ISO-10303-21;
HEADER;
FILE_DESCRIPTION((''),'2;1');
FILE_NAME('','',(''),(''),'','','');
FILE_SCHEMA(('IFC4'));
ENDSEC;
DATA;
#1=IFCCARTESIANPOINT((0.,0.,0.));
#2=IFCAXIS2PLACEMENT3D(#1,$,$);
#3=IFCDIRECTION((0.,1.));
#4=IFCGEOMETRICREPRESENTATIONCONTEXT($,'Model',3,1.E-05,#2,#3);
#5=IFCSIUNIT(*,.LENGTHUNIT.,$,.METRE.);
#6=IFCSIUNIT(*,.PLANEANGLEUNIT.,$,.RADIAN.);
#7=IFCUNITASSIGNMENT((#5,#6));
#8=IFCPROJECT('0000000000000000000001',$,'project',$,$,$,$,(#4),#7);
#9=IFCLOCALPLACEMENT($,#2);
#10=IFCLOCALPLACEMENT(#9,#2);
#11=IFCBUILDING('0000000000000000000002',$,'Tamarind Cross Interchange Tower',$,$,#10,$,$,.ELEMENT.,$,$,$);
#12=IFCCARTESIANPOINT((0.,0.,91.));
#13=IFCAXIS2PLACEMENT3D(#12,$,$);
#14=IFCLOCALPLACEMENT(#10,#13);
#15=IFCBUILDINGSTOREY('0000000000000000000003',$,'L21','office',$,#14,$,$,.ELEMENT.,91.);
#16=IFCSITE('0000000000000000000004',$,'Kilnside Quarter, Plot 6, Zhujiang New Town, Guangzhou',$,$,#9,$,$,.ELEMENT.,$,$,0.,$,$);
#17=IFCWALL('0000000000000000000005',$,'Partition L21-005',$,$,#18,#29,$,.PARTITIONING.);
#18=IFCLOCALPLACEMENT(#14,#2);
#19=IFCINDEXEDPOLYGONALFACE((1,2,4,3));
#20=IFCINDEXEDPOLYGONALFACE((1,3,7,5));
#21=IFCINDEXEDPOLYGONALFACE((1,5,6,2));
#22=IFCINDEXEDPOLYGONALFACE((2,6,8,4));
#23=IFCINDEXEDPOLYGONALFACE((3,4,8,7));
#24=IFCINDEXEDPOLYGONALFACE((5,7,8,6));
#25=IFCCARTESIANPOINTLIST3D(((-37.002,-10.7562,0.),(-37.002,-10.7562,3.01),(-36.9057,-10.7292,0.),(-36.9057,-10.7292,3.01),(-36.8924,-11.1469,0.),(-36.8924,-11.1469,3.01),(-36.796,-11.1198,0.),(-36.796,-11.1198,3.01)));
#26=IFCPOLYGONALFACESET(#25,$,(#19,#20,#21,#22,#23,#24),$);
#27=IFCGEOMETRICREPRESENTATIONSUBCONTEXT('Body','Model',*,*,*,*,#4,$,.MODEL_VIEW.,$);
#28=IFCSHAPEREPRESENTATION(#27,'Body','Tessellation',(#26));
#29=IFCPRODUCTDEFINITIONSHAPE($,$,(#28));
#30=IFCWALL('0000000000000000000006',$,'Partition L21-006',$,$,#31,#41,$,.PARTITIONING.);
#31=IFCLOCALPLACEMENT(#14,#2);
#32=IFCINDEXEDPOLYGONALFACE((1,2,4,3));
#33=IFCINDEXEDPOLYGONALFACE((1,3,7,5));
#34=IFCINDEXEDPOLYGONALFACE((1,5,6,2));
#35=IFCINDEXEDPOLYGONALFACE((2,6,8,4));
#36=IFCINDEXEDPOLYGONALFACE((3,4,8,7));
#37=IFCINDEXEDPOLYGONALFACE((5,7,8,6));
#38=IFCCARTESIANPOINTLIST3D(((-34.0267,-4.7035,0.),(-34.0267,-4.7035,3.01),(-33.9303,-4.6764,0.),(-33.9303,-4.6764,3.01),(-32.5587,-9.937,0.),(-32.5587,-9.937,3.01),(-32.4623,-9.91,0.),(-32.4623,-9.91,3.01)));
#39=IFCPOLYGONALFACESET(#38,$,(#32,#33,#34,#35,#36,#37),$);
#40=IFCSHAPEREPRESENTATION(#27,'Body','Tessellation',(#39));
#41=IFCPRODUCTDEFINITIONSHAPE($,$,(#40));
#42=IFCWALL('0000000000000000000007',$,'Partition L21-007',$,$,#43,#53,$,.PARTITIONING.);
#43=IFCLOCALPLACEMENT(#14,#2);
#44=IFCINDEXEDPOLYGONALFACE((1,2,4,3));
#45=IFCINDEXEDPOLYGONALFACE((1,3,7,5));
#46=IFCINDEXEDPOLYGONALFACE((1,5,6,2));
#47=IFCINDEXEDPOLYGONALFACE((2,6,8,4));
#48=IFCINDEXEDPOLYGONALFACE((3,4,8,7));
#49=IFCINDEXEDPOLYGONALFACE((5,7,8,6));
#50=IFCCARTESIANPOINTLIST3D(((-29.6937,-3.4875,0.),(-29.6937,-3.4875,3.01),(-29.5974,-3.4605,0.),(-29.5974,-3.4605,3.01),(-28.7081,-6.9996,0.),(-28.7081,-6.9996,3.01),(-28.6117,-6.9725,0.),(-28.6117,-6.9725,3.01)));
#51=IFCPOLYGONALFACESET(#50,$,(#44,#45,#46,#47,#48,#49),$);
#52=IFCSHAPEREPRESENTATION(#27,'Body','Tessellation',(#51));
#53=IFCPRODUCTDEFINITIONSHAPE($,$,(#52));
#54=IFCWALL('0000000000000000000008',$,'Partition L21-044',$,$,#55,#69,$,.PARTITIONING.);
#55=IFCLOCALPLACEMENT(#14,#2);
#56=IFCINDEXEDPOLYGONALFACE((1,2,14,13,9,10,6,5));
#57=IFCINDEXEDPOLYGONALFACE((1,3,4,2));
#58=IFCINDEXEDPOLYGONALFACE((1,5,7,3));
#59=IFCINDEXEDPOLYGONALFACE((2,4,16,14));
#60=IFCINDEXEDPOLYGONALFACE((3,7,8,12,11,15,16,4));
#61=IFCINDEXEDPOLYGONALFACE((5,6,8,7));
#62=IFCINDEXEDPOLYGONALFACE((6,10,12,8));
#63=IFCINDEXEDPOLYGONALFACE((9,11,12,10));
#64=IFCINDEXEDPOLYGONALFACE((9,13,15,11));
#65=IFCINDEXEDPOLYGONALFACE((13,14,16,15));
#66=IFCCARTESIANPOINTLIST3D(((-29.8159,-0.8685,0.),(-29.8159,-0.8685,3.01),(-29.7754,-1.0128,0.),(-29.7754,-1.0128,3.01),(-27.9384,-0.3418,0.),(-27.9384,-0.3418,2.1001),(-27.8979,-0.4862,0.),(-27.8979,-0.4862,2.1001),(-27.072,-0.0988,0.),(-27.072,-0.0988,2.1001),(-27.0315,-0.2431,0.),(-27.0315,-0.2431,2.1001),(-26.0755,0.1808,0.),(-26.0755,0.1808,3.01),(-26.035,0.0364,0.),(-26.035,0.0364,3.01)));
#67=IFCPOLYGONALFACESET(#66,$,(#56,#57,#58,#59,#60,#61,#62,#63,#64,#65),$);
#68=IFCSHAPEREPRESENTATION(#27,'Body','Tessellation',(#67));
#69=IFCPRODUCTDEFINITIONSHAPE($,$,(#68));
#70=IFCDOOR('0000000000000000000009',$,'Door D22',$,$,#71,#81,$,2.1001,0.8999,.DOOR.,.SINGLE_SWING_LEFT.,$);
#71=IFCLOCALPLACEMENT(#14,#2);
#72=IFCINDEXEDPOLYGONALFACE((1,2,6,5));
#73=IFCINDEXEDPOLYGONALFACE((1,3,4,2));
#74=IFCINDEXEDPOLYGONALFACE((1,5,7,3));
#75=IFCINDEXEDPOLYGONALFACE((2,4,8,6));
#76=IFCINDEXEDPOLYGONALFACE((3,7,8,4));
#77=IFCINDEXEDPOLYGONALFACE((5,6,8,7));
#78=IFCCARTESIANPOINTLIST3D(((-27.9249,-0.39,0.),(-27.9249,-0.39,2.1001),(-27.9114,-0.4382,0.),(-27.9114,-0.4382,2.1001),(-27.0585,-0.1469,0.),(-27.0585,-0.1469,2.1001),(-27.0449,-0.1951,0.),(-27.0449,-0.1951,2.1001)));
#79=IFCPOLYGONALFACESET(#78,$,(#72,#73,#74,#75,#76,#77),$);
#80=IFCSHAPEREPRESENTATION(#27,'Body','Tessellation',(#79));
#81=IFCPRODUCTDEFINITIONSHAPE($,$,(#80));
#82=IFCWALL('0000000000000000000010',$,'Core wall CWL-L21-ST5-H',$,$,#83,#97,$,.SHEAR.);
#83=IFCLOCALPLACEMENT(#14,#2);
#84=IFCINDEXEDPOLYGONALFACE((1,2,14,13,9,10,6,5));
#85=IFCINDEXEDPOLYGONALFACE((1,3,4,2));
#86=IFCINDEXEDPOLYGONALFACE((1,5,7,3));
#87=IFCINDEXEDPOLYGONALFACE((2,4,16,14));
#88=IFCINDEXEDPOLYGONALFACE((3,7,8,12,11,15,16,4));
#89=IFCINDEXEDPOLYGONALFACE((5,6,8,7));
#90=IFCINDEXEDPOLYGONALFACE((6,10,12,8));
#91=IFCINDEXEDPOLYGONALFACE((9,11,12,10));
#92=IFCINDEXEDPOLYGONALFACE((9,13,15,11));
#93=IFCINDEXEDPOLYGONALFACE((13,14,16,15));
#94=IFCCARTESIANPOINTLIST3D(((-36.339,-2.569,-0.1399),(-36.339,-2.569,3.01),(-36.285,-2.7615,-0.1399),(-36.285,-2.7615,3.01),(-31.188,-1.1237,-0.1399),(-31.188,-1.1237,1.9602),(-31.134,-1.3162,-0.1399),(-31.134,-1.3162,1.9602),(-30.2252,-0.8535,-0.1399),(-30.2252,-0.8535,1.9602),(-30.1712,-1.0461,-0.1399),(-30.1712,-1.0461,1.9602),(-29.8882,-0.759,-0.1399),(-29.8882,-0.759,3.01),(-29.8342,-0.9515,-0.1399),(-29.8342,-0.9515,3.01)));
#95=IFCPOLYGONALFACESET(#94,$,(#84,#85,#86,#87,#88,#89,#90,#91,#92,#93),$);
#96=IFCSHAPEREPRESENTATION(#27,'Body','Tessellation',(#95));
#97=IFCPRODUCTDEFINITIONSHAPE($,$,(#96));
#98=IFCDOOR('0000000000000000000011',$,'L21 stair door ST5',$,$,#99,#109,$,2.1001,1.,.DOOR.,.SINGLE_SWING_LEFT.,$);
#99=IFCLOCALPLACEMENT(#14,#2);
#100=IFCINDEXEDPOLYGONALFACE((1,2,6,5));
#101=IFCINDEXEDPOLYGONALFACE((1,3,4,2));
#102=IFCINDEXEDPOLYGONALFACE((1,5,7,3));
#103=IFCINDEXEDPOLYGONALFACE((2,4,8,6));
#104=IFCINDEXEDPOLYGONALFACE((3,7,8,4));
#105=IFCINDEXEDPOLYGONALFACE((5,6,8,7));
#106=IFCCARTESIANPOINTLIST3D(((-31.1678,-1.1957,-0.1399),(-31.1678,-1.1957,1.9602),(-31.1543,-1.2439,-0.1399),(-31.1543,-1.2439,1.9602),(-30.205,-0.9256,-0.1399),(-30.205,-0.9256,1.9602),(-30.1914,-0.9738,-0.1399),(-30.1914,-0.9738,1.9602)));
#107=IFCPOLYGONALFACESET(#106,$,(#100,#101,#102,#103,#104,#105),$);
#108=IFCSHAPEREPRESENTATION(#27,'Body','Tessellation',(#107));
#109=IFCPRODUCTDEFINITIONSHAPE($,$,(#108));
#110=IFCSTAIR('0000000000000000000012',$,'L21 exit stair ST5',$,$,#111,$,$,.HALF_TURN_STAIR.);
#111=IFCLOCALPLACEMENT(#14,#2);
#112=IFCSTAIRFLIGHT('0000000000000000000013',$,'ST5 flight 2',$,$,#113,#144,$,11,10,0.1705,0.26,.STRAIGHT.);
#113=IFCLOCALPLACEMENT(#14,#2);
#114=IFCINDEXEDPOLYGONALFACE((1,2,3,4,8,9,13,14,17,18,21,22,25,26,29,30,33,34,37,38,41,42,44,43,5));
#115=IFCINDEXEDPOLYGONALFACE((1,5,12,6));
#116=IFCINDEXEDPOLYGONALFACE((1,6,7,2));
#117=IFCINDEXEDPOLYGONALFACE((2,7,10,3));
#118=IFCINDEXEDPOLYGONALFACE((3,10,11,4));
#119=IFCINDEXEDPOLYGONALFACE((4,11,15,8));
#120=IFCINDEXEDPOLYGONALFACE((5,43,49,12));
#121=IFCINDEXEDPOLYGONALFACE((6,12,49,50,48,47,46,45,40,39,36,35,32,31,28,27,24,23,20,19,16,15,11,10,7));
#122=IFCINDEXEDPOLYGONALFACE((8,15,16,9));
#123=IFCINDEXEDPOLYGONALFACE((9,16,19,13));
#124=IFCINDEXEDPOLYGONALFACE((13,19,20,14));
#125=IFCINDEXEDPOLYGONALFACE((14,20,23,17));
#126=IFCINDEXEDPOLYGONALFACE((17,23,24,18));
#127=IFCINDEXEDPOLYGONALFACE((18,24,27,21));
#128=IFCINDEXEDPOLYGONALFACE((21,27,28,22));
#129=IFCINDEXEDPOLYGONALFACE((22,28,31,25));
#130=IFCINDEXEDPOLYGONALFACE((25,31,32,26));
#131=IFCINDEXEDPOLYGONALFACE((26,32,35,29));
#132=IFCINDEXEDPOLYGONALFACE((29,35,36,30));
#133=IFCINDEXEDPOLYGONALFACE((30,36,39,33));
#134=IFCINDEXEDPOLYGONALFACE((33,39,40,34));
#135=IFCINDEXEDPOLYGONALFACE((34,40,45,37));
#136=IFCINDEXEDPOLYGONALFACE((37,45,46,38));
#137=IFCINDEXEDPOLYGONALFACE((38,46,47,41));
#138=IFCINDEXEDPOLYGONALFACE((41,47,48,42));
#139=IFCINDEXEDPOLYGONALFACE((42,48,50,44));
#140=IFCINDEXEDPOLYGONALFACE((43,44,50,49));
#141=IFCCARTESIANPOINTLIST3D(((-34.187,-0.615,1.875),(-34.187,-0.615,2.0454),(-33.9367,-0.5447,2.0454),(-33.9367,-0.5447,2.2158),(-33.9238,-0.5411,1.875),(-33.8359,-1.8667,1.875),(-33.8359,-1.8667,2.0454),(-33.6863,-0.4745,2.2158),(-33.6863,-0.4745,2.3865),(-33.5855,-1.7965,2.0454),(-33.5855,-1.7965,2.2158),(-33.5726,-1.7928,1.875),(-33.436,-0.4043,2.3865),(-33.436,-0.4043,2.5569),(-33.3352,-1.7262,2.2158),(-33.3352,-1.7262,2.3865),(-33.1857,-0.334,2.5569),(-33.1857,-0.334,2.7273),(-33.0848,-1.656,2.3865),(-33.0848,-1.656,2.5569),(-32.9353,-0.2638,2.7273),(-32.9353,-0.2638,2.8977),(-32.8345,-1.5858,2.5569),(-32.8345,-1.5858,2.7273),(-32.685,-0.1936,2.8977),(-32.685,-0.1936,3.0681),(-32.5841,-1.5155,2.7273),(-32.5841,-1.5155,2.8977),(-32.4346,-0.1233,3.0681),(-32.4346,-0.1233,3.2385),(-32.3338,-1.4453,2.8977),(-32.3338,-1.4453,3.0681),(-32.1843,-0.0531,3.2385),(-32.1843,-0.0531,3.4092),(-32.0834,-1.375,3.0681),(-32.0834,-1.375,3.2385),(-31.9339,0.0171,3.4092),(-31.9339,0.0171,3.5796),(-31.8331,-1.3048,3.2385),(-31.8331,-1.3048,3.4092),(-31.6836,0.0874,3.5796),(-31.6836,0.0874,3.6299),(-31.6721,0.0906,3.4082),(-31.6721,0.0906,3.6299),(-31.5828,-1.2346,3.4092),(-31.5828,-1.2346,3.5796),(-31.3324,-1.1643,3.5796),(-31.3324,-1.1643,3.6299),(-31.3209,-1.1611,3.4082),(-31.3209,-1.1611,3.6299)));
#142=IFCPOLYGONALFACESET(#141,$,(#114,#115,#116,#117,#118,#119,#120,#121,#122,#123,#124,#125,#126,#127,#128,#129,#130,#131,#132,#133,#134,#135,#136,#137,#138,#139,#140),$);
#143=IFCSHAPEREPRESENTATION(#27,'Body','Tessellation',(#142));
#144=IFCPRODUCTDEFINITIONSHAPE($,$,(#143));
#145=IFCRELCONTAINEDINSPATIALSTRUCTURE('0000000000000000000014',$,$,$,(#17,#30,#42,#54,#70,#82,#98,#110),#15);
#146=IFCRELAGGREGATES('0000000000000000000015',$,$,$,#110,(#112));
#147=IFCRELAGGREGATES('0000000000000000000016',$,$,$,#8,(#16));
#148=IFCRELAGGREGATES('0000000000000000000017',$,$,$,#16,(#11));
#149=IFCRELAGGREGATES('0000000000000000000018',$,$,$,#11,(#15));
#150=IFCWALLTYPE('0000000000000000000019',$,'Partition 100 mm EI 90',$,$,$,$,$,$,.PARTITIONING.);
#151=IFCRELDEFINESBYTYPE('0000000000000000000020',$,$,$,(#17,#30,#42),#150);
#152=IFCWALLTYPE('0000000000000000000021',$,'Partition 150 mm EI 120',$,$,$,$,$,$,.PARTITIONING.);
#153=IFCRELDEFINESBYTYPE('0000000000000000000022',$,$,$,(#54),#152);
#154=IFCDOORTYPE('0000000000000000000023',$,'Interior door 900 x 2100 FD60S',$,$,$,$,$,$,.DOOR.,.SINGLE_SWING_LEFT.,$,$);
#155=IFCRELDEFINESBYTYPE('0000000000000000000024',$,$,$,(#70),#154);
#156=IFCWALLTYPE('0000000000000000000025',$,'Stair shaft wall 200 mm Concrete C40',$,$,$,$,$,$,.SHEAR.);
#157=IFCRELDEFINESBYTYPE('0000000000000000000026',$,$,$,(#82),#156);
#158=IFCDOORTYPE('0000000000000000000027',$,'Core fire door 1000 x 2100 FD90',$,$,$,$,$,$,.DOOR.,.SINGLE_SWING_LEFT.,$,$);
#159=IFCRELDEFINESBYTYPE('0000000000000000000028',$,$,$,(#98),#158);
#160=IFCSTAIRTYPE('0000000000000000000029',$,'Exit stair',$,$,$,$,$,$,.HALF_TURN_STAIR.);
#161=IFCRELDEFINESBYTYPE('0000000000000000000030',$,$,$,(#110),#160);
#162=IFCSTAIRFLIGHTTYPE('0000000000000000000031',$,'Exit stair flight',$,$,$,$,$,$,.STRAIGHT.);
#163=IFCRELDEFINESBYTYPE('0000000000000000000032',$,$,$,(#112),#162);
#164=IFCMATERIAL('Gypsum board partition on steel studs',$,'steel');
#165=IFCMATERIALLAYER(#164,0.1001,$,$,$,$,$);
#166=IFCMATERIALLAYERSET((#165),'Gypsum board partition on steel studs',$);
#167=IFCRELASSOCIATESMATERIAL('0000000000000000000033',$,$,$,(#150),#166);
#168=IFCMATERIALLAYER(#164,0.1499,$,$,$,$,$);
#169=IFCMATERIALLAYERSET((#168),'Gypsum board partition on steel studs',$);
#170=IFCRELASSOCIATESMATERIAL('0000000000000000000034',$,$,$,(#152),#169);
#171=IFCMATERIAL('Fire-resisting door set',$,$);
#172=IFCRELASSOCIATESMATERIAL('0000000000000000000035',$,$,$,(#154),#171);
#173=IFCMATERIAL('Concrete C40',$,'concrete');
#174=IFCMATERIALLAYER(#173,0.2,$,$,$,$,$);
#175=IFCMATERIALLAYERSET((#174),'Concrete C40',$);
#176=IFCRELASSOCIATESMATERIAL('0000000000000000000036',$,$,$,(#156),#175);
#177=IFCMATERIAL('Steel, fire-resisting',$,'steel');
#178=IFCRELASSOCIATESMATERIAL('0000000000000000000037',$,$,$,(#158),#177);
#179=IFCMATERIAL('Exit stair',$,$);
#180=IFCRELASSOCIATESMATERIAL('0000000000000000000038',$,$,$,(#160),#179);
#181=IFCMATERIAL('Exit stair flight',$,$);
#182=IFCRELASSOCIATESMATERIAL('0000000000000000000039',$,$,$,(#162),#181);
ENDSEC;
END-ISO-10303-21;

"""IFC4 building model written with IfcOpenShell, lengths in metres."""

from ifc_helpers import new_model, si_unit, direction, frame, frame_2d, origin, place, context, subcontext, project, spatial, polyline, rectangle, outline, extrude, material, layer, layer_set, type_object, element, fill, aggregate, save


model = new_model("IFC4")

# Units and contexts
model_context = context("Model", 3, precision=1e-05, world=origin(), true_north=direction((0.0, 1.0)))
body_context = subcontext(model_context, "Body", "Model", "MODEL_VIEW")
ifc_project = project(units=[si_unit("LENGTHUNIT", "METRE"), si_unit("PLANEANGLEUNIT", "RADIAN")], contexts=[model_context])

# Site, building, storey
site_placement = place(None, origin())
site = spatial("IfcSite", under=ifc_project, at=site_placement, Name="Kilnside Quarter, Plot 6, Zhujiang New Town, Guangzhou", CompositionType="ELEMENT", RefElevation=0.0)
building_placement = place(site_placement, origin())
building = spatial("IfcBuilding", under=site, at=building_placement, Name="Tamarind Cross Interchange Tower", CompositionType="ELEMENT")
storey_placement = place(building_placement, frame((0.0, 0.0, 91.0)))
storey = spatial("IfcBuildingStorey", under=building, at=storey_placement, Name="L21", Description="office", CompositionType="ELEMENT", Elevation=91.0)

# Walls
ifc_material_1 = material(Name="Gypsum board partition on steel studs", Category="steel")
ifc_layer_1 = layer(ifc_material_1, 0.1001)
ifc_layer_set_1 = layer_set([ifc_layer_1], Name="Gypsum board partition on steel studs")
wall_type_1 = type_object("IfcWallType", Name="Partition 100 mm EI 90", PredefinedType="PARTITIONING", material=ifc_layer_set_1)
wall_1_placement = place(storey_placement, frame((-36.9539, -10.7427, 0.0), z_axis=(0.0, 0.0, 1.0), x_axis=(0.270188, -0.962808, 0.0)))
element("IfcWall", 1, at=wall_1_placement, inside=storey, type_object=wall_type_1, Name="Partition L21-005", PredefinedType="PARTITIONING", context=body_context, shape_type="SweptSolid", body=[
    extrude(rectangle(XDim=0.4058, YDim=0.1001, at=frame_2d((0.2029, 0.0))), origin(), (0.0, 0.0, 1.0), 3.01),
])
wall_2_placement = place(storey_placement, frame((-33.9785, -4.6899, 0.0), z_axis=(0.0, 0.0, 1.0), x_axis=(0.270073, -0.96284, 0.0)))
element("IfcWall", 2, at=wall_2_placement, inside=storey, type_object=wall_type_1, Name="Partition L21-006", PredefinedType="PARTITIONING", context=body_context, shape_type="SweptSolid", body=[
    extrude(rectangle(XDim=5.4355, YDim=0.1001, at=frame_2d((2.7178, 0.0))), origin(), (0.0, 0.0, 1.0), 3.01),
])
wall_3_placement = place(storey_placement, frame((-29.6455, -3.4741, 0.0), z_axis=(0.0, 0.0, 1.0), x_axis=(0.270201, -0.962804, 0.0)))
element("IfcWall", 3, at=wall_3_placement, inside=storey, type_object=wall_type_1, Name="Partition L21-007", PredefinedType="PARTITIONING", context=body_context, shape_type="SweptSolid", body=[
    extrude(rectangle(XDim=3.6477, YDim=0.1001, at=frame_2d((1.8237, 0.0))), origin(), (0.0, 0.0, 1.0), 3.01),
])

# Walls, openings, doors
ifc_layer_2 = layer(ifc_material_1, 0.1499)
ifc_layer_set_2 = layer_set([ifc_layer_2], Name="Gypsum board partition on steel studs")
wall_type_2 = type_object("IfcWallType", Name="Partition 150 mm EI 120", PredefinedType="PARTITIONING", material=ifc_layer_set_2)
wall_4_placement = place(storey_placement, frame((-29.7957, -0.9407, 0.0), z_axis=(0.0, 0.0, 1.0), x_axis=(0.962831, 0.270103, 0.0)))
wall_4 = element("IfcWall", 4, at=wall_4_placement, inside=storey, type_object=wall_type_2, Name="Partition L21-044", PredefinedType="PARTITIONING", context=body_context, shape_type="SweptSolid", body=[
    extrude(rectangle(XDim=3.8848, YDim=0.1499, at=frame_2d((1.9424, 0.0))), origin(), (0.0, 0.0, 1.0), 3.01),
])
opening_1_placement = place(wall_4_placement, frame((1.95, 0.0, 0.0)))
opening_1 = element("IfcOpeningElement", 5, at=opening_1_placement, cuts=wall_4, PredefinedType="OPENING", context=body_context, shape_type="SweptSolid", body=[
    extrude(rectangle(XDim=0.8999, YDim=2.1001, at=frame_2d((0.45, 1.05))), frame((0.0, 0.085, 0.0), z_axis=(0.0, -1.0, 0.0), x_axis=(1.0, 0.0, 0.0)), (0.0, 0.0, 1.0), 0.1699),
])
ifc_material_2 = material(Name="Fire-resisting door set")
door_type_1 = type_object("IfcDoorType", Name="Interior door 900 x 2100 FD60S", OperationType="SINGLE_SWING_LEFT", PredefinedType="DOOR", material=ifc_material_2)
door_1_placement = place(opening_1_placement, origin())
door_1 = element("IfcDoor", 6, at=door_1_placement, inside=storey, type_object=door_type_1, Name="Door D22", OperationType="SINGLE_SWING_LEFT", OverallHeight=2.1001, OverallWidth=0.8999, PredefinedType="DOOR", context=body_context, shape_type="SweptSolid", body=[
    extrude(rectangle(XDim=0.8999, YDim=2.1001, at=frame_2d((0.45, 1.05))), frame((0.0, 0.0249, 0.0), z_axis=(0.0, -1.0, 0.0), x_axis=(1.0, 0.0, 0.0)), (0.0, 0.0, 1.0), 0.05),
])
fill(opening_1, door_1)
ifc_material_3 = material(Name="Concrete C40", Category="concrete")
ifc_layer_3 = layer(ifc_material_3, 0.2)
ifc_layer_set_3 = layer_set([ifc_layer_3], Name="Concrete C40")
wall_type_3 = type_object("IfcWallType", Name="Stair shaft wall 200 mm Concrete C40", PredefinedType="SHEAR", material=ifc_layer_set_3)
wall_5_placement = place(storey_placement, frame((-29.8611, -0.8552, -0.1399), z_axis=(0.0, 0.0, 1.0), x_axis=(-0.962817, -0.270156, 0.0)))
wall_5 = element("IfcWall", 7, at=wall_5_placement, inside=storey, type_object=wall_type_3, Name="Core wall CWL-L21-ST5-H", PredefinedType="SHEAR", context=body_context, shape_type="SweptSolid", body=[
    extrude(rectangle(XDim=6.7, YDim=0.2, at=frame_2d((3.3501, 0.0))), origin(), (0.0, 0.0, 1.0), 3.1499),
])
opening_2_placement = place(wall_5_placement, frame((0.3501, 0.0, 0.0)))
opening_2 = element("IfcOpeningElement", 8, at=opening_2_placement, cuts=wall_5, PredefinedType="OPENING", context=body_context, shape_type="SweptSolid", body=[
    extrude(rectangle(XDim=1.0, YDim=2.1001, at=frame_2d((0.5, 1.05))), frame((0.0, 0.1099, 0.0), z_axis=(0.0, -1.0, 0.0), x_axis=(1.0, 0.0, 0.0)), (0.0, 0.0, 1.0), 0.22),
])
ifc_material_4 = material(Name="Steel, fire-resisting", Category="steel")
door_type_2 = type_object("IfcDoorType", Name="Core fire door 1000 x 2100 FD90", OperationType="SINGLE_SWING_LEFT", PredefinedType="DOOR", material=ifc_material_4)
door_2_placement = place(opening_2_placement, origin())
door_2 = element("IfcDoor", 9, at=door_2_placement, inside=storey, type_object=door_type_2, Name="L21 stair door ST5", OperationType="SINGLE_SWING_LEFT", OverallHeight=2.1001, OverallWidth=1.0, PredefinedType="DOOR", context=body_context, shape_type="SweptSolid", body=[
    extrude(rectangle(XDim=1.0, YDim=2.1001, at=frame_2d((0.5, 1.05))), frame((0.0, 0.0249, 0.0), z_axis=(0.0, -1.0, 0.0), x_axis=(1.0, 0.0, 0.0)), (0.0, 0.0, 1.0), 0.05),
])
fill(opening_2, door_2)

# Stair, stair flight
ifc_material_5 = material(Name="Exit stair")
stair_type = type_object("IfcStairType", Name="Exit stair", PredefinedType="HALF_TURN_STAIR", material=ifc_material_5)
stair_placement = place(storey_placement, origin())
stair = element("IfcStair", 10, at=stair_placement, inside=storey, type_object=stair_type, Name="L21 exit stair ST5", PredefinedType="HALF_TURN_STAIR")
ifc_material_6 = material(Name="Exit stair flight")
stair_flight_type = type_object("IfcStairFlightType", Name="Exit stair flight", PredefinedType="STRAIGHT", material=ifc_material_6)
stair_flight_placement = place(storey_placement, frame((-34.0115, -1.2407, 1.875), z_axis=(0.0, 0.0, 1.0), x_axis=(0.962824, 0.27013, 0.0)))
stair_flight = element("IfcStairFlight", 11, at=stair_flight_placement, type_object=stair_flight_type, Name="ST5 flight 2", NumberOfRisers=11, NumberOfTreads=10, PredefinedType="STRAIGHT", RiserHeight=0.1705, TreadLength=0.26, context=body_context, shape_type="SweptSolid", body=[
    extrude(outline(polyline([(0.0, 0.0), (0.0, 0.1704), (0.26, 0.1704), (0.26, 0.3408), (0.52, 0.3408), (0.52, 0.5115), (0.78, 0.5115), (0.78, 0.6819), (1.04, 0.6819), (1.04, 0.8523), (1.3, 0.8523), (1.3, 1.0227), (1.5601, 1.0227), (1.5601, 1.1931), (1.8201, 1.1931), (1.8201, 1.3635), (2.0801, 1.3635), (2.0801, 1.5342), (2.3401, 1.5342), (2.3401, 1.7046), (2.6001, 1.7046), (2.6001, 1.7549), (2.6121, 1.7549), (2.6121, 1.5332), (0.2734, 0.0), (0.0, 0.0)])), frame((0.0, 0.6499, 0.0), z_axis=(0.0, -1.0, 0.0), x_axis=(1.0, 0.0, 0.0)), (0.0, 0.0, 1.0), 1.3),
])
aggregate(stair, [stair_flight])

save(model, "model.ifc")
